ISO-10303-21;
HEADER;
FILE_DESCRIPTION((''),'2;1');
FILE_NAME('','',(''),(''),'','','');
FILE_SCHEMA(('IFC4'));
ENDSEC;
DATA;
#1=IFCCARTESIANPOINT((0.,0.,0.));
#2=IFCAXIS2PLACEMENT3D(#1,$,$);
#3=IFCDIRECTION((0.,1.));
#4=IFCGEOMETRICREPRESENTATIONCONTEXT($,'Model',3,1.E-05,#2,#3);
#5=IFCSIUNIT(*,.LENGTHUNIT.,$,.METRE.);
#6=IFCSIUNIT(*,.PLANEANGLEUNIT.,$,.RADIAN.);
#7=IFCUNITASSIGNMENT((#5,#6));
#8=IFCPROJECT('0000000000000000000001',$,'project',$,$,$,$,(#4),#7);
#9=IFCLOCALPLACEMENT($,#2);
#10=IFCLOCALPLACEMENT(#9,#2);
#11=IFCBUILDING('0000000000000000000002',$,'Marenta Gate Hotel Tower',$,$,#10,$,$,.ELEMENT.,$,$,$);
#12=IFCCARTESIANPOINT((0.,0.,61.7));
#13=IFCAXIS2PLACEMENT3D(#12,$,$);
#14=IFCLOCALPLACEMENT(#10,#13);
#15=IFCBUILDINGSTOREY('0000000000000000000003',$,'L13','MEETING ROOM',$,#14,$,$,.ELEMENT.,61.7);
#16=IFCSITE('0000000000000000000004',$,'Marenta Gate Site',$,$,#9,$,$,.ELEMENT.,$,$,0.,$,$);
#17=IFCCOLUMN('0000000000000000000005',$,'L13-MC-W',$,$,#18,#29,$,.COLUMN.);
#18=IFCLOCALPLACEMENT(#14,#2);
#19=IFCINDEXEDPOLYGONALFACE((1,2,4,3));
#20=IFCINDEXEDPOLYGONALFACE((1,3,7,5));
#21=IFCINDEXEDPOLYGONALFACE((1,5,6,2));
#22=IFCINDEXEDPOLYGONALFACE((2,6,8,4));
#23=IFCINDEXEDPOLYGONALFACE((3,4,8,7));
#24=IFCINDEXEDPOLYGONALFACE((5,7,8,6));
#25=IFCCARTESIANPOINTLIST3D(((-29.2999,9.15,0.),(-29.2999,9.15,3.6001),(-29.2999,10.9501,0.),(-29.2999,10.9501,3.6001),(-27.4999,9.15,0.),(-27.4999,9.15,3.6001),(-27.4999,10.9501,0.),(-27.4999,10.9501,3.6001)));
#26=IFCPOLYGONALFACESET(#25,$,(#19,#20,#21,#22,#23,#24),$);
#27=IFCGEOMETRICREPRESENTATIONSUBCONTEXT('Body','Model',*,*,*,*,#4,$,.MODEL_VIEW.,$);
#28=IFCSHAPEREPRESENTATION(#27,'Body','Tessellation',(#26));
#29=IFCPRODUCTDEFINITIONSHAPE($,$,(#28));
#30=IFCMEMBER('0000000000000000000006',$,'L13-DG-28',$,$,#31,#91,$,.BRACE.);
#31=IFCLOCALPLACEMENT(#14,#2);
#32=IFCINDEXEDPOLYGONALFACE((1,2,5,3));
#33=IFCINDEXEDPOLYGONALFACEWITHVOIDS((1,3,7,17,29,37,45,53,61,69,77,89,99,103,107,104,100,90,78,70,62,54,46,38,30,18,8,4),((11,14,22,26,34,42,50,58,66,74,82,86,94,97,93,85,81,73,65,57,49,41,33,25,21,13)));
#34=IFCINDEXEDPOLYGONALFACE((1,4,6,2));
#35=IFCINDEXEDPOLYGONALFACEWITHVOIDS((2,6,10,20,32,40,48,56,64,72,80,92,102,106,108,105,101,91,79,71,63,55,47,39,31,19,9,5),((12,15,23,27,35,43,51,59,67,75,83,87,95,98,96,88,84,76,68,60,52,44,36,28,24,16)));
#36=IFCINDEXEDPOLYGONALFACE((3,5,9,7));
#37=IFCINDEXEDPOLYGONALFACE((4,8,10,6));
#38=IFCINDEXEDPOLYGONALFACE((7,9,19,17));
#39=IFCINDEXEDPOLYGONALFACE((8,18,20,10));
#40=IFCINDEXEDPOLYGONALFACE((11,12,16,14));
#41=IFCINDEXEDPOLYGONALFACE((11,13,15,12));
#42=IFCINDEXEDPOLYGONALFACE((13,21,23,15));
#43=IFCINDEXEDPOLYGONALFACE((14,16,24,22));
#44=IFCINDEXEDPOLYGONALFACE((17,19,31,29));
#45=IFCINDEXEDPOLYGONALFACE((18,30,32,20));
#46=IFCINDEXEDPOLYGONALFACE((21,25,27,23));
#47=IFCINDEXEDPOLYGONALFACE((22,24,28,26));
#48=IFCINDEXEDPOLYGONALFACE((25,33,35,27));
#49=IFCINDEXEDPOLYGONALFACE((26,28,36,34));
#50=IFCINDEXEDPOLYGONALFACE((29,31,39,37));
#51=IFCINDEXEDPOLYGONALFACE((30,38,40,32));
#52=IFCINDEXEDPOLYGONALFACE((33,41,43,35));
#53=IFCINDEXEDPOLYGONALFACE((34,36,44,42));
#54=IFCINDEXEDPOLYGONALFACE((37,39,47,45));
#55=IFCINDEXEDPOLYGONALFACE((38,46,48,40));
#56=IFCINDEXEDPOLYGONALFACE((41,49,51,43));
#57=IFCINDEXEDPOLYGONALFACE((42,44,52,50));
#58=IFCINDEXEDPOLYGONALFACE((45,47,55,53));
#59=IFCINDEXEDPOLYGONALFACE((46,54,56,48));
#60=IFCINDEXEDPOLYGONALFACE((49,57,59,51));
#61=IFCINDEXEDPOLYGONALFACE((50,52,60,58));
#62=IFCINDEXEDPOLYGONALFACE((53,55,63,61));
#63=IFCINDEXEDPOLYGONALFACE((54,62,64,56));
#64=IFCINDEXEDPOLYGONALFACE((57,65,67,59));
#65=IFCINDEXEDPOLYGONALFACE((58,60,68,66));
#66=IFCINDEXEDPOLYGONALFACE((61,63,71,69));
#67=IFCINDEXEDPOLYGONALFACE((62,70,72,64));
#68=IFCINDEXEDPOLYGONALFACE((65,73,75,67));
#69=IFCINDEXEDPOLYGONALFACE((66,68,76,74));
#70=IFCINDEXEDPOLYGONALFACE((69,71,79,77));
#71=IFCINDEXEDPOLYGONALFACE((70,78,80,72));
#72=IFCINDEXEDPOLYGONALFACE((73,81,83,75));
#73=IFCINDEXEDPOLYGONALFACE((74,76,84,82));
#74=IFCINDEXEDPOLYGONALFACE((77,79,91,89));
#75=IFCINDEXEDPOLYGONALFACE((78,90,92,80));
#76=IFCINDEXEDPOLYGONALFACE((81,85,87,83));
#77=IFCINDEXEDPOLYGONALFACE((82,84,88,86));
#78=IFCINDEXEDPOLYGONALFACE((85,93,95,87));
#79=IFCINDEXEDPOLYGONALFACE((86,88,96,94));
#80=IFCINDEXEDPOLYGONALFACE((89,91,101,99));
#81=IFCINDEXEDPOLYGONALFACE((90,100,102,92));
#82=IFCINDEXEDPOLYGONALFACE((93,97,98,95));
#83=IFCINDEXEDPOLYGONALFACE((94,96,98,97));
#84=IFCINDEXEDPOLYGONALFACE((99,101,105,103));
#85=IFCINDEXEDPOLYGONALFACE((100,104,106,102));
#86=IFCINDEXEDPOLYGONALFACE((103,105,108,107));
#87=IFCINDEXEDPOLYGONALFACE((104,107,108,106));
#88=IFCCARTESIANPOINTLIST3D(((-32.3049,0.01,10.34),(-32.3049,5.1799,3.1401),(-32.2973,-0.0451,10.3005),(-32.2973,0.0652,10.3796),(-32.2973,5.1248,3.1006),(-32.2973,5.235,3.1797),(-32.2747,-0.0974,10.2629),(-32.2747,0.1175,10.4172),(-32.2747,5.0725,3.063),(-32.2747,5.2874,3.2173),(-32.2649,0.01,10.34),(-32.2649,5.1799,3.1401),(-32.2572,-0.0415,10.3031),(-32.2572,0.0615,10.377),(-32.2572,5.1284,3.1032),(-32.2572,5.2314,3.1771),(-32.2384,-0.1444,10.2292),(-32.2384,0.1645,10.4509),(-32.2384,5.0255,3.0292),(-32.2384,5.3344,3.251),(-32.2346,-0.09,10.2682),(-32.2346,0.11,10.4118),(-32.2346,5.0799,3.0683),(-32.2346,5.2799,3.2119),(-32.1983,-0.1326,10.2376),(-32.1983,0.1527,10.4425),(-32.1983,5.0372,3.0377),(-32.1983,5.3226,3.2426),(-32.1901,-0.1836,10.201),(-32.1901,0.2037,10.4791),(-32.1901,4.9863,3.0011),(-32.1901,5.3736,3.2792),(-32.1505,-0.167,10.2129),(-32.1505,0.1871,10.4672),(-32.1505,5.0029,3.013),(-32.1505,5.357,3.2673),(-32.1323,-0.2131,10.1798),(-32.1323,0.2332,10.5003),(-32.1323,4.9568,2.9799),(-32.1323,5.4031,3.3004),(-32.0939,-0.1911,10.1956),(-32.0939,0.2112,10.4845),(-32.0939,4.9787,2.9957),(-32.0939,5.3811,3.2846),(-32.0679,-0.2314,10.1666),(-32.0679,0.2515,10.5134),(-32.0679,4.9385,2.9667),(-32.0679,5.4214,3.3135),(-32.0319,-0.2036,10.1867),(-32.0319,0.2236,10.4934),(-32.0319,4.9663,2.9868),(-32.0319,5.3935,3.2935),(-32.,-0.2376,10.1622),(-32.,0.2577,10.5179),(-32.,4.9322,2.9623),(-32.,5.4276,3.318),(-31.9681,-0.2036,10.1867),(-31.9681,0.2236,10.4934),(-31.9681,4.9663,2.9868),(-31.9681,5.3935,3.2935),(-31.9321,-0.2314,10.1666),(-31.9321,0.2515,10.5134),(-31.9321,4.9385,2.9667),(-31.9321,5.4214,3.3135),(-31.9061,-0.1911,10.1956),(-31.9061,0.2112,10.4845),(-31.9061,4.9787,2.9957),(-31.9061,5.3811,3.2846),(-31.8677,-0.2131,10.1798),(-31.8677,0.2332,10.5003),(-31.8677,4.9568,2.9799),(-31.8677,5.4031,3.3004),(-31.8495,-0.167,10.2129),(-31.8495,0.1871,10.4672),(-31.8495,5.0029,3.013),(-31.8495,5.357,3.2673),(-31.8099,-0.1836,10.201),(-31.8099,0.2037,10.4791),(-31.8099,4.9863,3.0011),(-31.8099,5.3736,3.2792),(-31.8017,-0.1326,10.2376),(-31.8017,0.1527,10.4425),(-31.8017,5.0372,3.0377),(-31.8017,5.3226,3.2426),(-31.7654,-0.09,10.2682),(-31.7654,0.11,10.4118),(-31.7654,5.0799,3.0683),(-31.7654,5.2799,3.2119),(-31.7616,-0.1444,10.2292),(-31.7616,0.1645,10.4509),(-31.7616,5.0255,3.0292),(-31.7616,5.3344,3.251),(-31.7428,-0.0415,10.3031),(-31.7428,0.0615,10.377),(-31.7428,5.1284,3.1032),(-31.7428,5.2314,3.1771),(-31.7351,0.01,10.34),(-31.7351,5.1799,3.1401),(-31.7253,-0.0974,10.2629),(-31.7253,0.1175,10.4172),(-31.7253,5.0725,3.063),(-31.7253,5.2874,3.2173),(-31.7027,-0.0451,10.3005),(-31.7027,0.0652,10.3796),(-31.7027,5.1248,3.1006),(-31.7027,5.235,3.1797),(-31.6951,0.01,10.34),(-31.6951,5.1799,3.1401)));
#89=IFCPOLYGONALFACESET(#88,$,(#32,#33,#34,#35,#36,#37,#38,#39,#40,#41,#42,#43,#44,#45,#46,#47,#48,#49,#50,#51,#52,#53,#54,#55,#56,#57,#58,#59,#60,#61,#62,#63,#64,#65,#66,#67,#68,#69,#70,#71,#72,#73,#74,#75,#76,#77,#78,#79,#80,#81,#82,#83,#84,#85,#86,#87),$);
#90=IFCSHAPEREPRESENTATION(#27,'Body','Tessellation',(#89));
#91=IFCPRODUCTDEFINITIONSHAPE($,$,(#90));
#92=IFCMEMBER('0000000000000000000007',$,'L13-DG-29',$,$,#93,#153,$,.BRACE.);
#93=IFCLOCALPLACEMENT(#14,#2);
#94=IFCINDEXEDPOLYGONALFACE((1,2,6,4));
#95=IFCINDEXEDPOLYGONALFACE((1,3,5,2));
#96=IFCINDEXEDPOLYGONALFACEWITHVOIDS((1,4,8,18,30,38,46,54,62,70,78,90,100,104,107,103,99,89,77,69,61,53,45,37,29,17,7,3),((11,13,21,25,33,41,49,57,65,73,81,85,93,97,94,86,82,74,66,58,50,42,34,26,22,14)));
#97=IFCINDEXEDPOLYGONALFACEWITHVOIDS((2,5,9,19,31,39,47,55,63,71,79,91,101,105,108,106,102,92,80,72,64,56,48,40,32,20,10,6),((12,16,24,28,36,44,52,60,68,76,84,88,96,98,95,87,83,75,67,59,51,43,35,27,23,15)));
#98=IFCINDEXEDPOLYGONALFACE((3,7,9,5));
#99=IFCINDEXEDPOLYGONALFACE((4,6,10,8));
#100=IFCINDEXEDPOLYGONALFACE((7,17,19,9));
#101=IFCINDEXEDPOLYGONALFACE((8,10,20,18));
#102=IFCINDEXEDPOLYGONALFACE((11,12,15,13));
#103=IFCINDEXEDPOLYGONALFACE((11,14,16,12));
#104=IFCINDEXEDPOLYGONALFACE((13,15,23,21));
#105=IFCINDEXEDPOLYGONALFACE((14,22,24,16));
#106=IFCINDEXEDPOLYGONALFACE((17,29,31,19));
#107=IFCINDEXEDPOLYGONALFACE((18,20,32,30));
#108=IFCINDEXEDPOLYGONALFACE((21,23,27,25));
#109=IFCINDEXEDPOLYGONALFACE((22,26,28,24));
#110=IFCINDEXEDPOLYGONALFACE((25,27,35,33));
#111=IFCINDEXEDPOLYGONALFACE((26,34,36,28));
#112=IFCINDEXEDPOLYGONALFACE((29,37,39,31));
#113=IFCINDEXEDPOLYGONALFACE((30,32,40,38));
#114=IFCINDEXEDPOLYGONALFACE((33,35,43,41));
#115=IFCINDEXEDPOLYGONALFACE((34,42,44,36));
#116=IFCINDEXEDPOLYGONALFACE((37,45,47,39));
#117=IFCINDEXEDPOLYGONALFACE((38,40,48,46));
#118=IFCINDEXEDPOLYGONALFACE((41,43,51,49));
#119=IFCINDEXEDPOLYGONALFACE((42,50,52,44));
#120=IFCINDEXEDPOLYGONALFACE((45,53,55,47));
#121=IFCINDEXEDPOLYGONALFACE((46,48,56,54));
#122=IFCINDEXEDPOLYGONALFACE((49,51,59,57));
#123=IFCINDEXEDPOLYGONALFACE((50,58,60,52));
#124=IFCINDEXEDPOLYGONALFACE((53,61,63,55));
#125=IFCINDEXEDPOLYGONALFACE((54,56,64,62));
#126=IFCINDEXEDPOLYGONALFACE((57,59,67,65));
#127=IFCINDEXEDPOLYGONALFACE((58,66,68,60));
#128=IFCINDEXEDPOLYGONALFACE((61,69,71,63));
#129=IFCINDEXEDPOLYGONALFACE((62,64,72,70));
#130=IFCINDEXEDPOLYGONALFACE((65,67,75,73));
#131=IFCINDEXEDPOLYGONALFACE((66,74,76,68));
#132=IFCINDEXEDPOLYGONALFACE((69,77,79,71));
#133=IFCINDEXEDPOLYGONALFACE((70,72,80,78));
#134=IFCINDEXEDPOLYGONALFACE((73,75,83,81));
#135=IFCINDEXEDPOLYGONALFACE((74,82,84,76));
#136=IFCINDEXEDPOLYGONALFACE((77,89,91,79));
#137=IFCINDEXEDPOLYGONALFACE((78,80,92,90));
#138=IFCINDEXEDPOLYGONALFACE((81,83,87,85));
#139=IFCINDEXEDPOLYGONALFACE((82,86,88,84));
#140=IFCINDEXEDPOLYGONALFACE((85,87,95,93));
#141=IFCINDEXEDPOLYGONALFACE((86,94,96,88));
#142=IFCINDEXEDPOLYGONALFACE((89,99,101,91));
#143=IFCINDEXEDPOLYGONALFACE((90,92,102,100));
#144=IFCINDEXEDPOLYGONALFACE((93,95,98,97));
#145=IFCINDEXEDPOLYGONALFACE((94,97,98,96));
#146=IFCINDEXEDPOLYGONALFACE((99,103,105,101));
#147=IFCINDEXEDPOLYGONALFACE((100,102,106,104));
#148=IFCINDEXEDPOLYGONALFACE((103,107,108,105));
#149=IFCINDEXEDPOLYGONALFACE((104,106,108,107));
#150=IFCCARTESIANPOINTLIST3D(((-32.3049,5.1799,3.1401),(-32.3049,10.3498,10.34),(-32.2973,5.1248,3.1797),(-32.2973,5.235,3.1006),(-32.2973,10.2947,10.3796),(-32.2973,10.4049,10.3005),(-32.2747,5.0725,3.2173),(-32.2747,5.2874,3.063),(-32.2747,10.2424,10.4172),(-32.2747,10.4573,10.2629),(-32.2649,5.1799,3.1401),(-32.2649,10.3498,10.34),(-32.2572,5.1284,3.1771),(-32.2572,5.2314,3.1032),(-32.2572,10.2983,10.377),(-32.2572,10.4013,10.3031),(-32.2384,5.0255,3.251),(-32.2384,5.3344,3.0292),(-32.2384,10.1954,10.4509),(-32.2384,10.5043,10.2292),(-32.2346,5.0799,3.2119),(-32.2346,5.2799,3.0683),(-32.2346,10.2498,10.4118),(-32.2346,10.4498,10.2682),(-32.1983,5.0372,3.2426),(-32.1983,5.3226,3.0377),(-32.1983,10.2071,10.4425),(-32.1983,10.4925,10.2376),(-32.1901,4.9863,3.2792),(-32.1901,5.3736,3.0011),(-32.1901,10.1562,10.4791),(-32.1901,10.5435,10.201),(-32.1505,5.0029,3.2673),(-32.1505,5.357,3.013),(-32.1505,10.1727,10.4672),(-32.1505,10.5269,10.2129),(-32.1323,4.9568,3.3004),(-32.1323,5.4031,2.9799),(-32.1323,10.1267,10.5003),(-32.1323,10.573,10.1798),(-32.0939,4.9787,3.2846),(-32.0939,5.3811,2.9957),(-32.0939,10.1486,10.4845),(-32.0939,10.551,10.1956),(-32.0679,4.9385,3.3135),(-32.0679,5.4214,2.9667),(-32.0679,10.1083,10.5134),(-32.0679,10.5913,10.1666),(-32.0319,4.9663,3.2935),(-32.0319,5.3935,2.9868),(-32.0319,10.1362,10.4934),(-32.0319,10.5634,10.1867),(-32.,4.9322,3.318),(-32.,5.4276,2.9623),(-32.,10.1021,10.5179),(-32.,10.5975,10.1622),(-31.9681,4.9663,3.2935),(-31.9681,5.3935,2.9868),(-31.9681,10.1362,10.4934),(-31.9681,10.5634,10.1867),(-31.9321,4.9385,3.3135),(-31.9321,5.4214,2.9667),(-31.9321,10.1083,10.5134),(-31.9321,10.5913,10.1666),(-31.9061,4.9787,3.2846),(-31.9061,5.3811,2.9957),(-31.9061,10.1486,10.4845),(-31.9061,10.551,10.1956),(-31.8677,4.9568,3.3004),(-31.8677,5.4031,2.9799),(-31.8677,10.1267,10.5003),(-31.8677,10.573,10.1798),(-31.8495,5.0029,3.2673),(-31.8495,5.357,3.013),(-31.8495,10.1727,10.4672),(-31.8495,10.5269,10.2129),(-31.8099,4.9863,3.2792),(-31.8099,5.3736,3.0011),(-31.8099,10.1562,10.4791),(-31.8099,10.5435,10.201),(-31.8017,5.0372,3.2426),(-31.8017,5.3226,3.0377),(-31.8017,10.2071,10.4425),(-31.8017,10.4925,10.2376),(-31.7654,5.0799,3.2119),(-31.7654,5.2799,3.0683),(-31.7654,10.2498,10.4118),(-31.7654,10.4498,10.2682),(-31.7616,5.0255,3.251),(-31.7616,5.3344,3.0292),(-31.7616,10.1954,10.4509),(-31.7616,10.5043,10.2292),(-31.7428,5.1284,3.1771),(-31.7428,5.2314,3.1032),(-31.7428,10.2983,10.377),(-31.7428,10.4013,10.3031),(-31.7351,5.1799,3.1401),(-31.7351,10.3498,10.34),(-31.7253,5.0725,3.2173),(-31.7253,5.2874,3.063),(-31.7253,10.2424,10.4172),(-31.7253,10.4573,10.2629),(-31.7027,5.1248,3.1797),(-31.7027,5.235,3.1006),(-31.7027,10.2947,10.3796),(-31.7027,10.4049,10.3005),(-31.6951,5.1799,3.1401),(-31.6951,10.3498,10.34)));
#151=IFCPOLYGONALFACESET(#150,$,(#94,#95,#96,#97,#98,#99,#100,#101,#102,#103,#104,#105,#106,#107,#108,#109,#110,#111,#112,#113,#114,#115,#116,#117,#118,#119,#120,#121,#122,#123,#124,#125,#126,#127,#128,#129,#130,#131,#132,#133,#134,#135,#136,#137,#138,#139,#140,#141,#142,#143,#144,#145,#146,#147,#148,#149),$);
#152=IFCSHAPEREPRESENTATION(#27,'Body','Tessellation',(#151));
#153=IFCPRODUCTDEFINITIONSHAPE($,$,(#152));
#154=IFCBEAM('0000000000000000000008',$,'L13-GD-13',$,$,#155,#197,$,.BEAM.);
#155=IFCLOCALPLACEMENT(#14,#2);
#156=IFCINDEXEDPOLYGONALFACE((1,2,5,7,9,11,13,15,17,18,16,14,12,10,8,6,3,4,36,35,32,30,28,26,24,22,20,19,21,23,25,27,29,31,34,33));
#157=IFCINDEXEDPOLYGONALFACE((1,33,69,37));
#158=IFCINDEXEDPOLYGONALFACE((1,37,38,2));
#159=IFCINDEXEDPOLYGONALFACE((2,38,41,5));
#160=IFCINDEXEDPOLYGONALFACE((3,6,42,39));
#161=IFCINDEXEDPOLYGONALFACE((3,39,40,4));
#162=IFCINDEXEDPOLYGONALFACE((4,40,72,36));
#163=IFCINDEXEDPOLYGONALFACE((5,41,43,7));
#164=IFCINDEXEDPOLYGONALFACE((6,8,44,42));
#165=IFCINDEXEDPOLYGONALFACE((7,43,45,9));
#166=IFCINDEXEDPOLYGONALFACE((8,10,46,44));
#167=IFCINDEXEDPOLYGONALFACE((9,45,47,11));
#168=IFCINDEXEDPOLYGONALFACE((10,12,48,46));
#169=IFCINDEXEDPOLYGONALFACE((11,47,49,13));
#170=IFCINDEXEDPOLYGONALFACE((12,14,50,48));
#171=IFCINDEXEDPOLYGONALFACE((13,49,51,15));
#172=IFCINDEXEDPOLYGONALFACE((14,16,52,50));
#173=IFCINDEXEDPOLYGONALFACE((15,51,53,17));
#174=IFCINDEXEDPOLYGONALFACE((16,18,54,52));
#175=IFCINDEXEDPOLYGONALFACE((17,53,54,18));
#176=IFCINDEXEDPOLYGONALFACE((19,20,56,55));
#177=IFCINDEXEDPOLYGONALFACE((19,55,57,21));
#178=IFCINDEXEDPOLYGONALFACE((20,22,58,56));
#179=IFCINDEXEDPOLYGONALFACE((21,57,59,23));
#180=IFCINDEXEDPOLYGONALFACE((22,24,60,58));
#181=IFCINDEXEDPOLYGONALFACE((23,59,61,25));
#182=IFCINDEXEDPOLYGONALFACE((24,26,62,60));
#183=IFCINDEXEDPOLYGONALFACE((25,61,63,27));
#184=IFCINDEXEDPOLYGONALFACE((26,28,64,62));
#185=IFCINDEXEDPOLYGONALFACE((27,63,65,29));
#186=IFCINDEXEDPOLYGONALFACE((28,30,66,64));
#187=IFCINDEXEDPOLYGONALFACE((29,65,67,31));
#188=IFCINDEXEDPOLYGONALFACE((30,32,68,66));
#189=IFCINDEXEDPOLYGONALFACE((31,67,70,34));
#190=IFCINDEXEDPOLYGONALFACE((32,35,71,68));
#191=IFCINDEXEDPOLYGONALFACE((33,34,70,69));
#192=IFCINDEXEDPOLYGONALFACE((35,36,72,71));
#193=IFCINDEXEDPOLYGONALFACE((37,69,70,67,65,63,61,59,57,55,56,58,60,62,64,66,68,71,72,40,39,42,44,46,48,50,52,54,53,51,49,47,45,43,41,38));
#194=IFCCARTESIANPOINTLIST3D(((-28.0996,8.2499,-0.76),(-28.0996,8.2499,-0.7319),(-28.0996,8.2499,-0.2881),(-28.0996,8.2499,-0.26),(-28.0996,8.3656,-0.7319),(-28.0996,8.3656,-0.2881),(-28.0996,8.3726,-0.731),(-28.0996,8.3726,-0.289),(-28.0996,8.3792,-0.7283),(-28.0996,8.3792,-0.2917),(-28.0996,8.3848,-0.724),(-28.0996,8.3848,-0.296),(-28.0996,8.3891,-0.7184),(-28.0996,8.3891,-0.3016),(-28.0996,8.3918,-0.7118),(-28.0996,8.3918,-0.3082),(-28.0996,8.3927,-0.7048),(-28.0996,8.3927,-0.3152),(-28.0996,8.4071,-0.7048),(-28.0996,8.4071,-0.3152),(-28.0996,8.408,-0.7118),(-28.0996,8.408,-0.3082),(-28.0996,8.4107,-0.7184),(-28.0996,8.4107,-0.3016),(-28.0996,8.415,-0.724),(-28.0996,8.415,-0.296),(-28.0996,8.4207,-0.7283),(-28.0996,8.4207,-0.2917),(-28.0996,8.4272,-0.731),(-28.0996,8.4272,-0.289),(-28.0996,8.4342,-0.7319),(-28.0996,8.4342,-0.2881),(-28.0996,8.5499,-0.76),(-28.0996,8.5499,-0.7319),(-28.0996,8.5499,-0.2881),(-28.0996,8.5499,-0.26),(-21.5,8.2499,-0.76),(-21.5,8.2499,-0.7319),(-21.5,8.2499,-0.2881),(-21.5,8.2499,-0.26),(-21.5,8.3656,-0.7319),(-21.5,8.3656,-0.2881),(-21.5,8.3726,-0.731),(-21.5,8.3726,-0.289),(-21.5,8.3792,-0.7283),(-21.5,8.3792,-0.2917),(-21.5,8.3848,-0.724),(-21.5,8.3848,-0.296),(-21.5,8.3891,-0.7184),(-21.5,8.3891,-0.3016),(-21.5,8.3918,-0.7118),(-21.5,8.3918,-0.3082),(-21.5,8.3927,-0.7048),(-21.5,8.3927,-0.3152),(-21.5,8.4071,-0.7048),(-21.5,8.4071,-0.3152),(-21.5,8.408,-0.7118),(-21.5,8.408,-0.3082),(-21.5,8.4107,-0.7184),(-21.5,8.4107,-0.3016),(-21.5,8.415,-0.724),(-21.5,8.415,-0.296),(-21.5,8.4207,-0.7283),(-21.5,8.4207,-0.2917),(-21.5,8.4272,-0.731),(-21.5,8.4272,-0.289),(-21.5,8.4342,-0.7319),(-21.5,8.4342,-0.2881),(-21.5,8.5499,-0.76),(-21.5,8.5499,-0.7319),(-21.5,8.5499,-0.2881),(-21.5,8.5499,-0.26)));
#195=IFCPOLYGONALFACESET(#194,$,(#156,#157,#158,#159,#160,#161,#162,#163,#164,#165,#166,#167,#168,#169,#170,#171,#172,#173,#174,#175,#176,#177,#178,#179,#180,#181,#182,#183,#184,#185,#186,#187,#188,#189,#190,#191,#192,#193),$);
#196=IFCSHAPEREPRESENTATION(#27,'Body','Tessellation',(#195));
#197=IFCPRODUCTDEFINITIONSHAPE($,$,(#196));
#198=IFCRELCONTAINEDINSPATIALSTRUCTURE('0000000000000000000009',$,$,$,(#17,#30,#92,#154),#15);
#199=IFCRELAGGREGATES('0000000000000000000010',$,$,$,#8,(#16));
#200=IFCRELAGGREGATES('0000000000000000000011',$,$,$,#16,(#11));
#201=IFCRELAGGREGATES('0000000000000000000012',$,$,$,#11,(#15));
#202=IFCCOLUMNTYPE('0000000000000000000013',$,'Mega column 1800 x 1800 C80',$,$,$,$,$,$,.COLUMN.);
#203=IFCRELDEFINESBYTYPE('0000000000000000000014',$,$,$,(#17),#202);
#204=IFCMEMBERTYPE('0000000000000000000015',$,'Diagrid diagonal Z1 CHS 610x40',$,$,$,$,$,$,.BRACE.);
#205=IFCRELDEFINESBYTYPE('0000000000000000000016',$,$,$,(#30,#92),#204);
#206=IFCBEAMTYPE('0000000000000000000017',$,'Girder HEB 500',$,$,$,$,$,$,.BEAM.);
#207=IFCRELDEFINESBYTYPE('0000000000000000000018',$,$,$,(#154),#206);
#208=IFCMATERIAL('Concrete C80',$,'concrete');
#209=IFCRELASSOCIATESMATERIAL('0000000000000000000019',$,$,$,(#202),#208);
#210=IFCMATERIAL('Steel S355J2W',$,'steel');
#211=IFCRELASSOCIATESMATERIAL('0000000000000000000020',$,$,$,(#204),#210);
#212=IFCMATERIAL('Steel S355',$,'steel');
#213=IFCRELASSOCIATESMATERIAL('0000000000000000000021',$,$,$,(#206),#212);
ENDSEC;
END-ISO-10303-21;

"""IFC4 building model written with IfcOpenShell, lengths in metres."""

from ifc_helpers import new_model, si_unit, direction, frame, origin, origin_2d, place, context, subcontext, project, spatial, rectangle, hollow_circle, i_section, extrude, material, material_profile, profile_set, type_object, element, save


model = new_model("IFC4")

# Units and contexts
model_context = context("Model", 3, precision=1e-05, world=origin(), true_north=direction((0.0, 1.0)))
body_context = subcontext(model_context, "Body", "Model", "MODEL_VIEW")
ifc_project = project(units=[si_unit("LENGTHUNIT", "METRE"), si_unit("PLANEANGLEUNIT", "RADIAN")], contexts=[model_context])

# Site, building, storey
site_placement = place(None, origin())
site = spatial("IfcSite", under=ifc_project, at=site_placement, Name="Marenta Gate Site", CompositionType="ELEMENT", RefElevation=0.0)
building_placement = place(site_placement, origin())
building = spatial("IfcBuilding", under=site, at=building_placement, Name="Marenta Gate Hotel Tower", CompositionType="ELEMENT")
storey_placement = place(building_placement, frame((0.0, 0.0, 61.7)))
storey = spatial("IfcBuildingStorey", under=building, at=storey_placement, Name="L13", Description="MEETING ROOM", CompositionType="ELEMENT", Elevation=61.7)

# Column
ifc_material_1 = material(Name="Concrete C80", Category="concrete")
ifc_material_profile_1 = material_profile(ifc_material_1, rectangle(XDim=1.8, YDim=1.8, at=origin_2d()), Name="1800 x 1800")
ifc_profile_set_1 = profile_set([ifc_material_profile_1], Name="Concrete C80")
column_type = type_object("IfcColumnType", Name="Mega column 1800 x 1800 C80", PredefinedType="COLUMN", material=ifc_profile_set_1)
column_placement = place(storey_placement, frame((-28.3999, 10.05, 0.0), z_axis=(0.0, 0.0, 1.0), x_axis=(1.0, 0.0, 0.0)))
element("IfcColumn", 1, at=column_placement, inside=storey, type_object=column_type, Name="L13-MC-W", PredefinedType="COLUMN", context=body_context, shape_type="SweptSolid", body=[
    extrude(rectangle(XDim=1.8, YDim=1.8, at=origin_2d()), origin(), (0.0, 0.0, 1.0), 3.6001),
])

# Members
ifc_material_2 = material(Name="Steel S355J2W", Category="steel")
ifc_material_profile_2 = material_profile(ifc_material_2, hollow_circle(Radius=0.3049, WallThickness=0.04, at=origin_2d()), Name="CHS 610x40")
ifc_profile_set_2 = profile_set([ifc_material_profile_2], Name="Steel S355J2W")
member_type_1 = type_object("IfcMemberType", Name="Diagrid diagonal Z1 CHS 610x40", PredefinedType="BRACE", material=ifc_profile_set_2)
for number, where, z_axis, x_axis, name in (
    (2, (-32.0, 5.1799, 3.1401), (0.0, -0.583261, 0.812285), (1.0, 0.0, 0.0), "L13-DG-28"),
    (3, (-32.0, 5.1799, 3.1401), (0.0, 0.583261, 0.812285), (-1.0, 0.0, 0.0), "L13-DG-29"),
):
    element("IfcMember", number, at=place(storey_placement, frame(where, z_axis=z_axis, x_axis=x_axis)), inside=storey, type_object=member_type_1, Name=name, PredefinedType="BRACE", context=body_context, shape_type="SweptSolid", body=[
        extrude(hollow_circle(Radius=0.3049, WallThickness=0.04, at=origin_2d()), origin(), (0.0, 0.0, 1.0), 8.8638),
    ])

# Beam
ifc_material_3 = material(Name="Steel S355", Category="steel")
ifc_material_profile_3 = material_profile(ifc_material_3, i_section(OverallWidth=0.3, OverallDepth=0.5, WebThickness=0.0144, FlangeThickness=0.0281, FilletRadius=0.0271, at=origin_2d()), Name="HEB 500")
ifc_profile_set_3 = profile_set([ifc_material_profile_3], Name="Steel S355")
beam_type = type_object("IfcBeamType", Name="Girder HEB 500", PredefinedType="BEAM", material=ifc_profile_set_3)
beam_placement = place(storey_placement, frame((-28.0996, 8.3999, -0.51), z_axis=(1.0, 0.0, 0.0), x_axis=(0.0, 1.0, 0.0)))
element("IfcBeam", 4, at=beam_placement, inside=storey, type_object=beam_type, Name="L13-GD-13", PredefinedType="BEAM", context=body_context, shape_type="SweptSolid", body=[
    extrude(i_section(OverallWidth=0.3, OverallDepth=0.5, WebThickness=0.0144, FlangeThickness=0.0281, FilletRadius=0.0271, at=origin_2d()), origin(), (0.0, 0.0, 1.0), 6.5996),
])

save(model, "model.ifc")
